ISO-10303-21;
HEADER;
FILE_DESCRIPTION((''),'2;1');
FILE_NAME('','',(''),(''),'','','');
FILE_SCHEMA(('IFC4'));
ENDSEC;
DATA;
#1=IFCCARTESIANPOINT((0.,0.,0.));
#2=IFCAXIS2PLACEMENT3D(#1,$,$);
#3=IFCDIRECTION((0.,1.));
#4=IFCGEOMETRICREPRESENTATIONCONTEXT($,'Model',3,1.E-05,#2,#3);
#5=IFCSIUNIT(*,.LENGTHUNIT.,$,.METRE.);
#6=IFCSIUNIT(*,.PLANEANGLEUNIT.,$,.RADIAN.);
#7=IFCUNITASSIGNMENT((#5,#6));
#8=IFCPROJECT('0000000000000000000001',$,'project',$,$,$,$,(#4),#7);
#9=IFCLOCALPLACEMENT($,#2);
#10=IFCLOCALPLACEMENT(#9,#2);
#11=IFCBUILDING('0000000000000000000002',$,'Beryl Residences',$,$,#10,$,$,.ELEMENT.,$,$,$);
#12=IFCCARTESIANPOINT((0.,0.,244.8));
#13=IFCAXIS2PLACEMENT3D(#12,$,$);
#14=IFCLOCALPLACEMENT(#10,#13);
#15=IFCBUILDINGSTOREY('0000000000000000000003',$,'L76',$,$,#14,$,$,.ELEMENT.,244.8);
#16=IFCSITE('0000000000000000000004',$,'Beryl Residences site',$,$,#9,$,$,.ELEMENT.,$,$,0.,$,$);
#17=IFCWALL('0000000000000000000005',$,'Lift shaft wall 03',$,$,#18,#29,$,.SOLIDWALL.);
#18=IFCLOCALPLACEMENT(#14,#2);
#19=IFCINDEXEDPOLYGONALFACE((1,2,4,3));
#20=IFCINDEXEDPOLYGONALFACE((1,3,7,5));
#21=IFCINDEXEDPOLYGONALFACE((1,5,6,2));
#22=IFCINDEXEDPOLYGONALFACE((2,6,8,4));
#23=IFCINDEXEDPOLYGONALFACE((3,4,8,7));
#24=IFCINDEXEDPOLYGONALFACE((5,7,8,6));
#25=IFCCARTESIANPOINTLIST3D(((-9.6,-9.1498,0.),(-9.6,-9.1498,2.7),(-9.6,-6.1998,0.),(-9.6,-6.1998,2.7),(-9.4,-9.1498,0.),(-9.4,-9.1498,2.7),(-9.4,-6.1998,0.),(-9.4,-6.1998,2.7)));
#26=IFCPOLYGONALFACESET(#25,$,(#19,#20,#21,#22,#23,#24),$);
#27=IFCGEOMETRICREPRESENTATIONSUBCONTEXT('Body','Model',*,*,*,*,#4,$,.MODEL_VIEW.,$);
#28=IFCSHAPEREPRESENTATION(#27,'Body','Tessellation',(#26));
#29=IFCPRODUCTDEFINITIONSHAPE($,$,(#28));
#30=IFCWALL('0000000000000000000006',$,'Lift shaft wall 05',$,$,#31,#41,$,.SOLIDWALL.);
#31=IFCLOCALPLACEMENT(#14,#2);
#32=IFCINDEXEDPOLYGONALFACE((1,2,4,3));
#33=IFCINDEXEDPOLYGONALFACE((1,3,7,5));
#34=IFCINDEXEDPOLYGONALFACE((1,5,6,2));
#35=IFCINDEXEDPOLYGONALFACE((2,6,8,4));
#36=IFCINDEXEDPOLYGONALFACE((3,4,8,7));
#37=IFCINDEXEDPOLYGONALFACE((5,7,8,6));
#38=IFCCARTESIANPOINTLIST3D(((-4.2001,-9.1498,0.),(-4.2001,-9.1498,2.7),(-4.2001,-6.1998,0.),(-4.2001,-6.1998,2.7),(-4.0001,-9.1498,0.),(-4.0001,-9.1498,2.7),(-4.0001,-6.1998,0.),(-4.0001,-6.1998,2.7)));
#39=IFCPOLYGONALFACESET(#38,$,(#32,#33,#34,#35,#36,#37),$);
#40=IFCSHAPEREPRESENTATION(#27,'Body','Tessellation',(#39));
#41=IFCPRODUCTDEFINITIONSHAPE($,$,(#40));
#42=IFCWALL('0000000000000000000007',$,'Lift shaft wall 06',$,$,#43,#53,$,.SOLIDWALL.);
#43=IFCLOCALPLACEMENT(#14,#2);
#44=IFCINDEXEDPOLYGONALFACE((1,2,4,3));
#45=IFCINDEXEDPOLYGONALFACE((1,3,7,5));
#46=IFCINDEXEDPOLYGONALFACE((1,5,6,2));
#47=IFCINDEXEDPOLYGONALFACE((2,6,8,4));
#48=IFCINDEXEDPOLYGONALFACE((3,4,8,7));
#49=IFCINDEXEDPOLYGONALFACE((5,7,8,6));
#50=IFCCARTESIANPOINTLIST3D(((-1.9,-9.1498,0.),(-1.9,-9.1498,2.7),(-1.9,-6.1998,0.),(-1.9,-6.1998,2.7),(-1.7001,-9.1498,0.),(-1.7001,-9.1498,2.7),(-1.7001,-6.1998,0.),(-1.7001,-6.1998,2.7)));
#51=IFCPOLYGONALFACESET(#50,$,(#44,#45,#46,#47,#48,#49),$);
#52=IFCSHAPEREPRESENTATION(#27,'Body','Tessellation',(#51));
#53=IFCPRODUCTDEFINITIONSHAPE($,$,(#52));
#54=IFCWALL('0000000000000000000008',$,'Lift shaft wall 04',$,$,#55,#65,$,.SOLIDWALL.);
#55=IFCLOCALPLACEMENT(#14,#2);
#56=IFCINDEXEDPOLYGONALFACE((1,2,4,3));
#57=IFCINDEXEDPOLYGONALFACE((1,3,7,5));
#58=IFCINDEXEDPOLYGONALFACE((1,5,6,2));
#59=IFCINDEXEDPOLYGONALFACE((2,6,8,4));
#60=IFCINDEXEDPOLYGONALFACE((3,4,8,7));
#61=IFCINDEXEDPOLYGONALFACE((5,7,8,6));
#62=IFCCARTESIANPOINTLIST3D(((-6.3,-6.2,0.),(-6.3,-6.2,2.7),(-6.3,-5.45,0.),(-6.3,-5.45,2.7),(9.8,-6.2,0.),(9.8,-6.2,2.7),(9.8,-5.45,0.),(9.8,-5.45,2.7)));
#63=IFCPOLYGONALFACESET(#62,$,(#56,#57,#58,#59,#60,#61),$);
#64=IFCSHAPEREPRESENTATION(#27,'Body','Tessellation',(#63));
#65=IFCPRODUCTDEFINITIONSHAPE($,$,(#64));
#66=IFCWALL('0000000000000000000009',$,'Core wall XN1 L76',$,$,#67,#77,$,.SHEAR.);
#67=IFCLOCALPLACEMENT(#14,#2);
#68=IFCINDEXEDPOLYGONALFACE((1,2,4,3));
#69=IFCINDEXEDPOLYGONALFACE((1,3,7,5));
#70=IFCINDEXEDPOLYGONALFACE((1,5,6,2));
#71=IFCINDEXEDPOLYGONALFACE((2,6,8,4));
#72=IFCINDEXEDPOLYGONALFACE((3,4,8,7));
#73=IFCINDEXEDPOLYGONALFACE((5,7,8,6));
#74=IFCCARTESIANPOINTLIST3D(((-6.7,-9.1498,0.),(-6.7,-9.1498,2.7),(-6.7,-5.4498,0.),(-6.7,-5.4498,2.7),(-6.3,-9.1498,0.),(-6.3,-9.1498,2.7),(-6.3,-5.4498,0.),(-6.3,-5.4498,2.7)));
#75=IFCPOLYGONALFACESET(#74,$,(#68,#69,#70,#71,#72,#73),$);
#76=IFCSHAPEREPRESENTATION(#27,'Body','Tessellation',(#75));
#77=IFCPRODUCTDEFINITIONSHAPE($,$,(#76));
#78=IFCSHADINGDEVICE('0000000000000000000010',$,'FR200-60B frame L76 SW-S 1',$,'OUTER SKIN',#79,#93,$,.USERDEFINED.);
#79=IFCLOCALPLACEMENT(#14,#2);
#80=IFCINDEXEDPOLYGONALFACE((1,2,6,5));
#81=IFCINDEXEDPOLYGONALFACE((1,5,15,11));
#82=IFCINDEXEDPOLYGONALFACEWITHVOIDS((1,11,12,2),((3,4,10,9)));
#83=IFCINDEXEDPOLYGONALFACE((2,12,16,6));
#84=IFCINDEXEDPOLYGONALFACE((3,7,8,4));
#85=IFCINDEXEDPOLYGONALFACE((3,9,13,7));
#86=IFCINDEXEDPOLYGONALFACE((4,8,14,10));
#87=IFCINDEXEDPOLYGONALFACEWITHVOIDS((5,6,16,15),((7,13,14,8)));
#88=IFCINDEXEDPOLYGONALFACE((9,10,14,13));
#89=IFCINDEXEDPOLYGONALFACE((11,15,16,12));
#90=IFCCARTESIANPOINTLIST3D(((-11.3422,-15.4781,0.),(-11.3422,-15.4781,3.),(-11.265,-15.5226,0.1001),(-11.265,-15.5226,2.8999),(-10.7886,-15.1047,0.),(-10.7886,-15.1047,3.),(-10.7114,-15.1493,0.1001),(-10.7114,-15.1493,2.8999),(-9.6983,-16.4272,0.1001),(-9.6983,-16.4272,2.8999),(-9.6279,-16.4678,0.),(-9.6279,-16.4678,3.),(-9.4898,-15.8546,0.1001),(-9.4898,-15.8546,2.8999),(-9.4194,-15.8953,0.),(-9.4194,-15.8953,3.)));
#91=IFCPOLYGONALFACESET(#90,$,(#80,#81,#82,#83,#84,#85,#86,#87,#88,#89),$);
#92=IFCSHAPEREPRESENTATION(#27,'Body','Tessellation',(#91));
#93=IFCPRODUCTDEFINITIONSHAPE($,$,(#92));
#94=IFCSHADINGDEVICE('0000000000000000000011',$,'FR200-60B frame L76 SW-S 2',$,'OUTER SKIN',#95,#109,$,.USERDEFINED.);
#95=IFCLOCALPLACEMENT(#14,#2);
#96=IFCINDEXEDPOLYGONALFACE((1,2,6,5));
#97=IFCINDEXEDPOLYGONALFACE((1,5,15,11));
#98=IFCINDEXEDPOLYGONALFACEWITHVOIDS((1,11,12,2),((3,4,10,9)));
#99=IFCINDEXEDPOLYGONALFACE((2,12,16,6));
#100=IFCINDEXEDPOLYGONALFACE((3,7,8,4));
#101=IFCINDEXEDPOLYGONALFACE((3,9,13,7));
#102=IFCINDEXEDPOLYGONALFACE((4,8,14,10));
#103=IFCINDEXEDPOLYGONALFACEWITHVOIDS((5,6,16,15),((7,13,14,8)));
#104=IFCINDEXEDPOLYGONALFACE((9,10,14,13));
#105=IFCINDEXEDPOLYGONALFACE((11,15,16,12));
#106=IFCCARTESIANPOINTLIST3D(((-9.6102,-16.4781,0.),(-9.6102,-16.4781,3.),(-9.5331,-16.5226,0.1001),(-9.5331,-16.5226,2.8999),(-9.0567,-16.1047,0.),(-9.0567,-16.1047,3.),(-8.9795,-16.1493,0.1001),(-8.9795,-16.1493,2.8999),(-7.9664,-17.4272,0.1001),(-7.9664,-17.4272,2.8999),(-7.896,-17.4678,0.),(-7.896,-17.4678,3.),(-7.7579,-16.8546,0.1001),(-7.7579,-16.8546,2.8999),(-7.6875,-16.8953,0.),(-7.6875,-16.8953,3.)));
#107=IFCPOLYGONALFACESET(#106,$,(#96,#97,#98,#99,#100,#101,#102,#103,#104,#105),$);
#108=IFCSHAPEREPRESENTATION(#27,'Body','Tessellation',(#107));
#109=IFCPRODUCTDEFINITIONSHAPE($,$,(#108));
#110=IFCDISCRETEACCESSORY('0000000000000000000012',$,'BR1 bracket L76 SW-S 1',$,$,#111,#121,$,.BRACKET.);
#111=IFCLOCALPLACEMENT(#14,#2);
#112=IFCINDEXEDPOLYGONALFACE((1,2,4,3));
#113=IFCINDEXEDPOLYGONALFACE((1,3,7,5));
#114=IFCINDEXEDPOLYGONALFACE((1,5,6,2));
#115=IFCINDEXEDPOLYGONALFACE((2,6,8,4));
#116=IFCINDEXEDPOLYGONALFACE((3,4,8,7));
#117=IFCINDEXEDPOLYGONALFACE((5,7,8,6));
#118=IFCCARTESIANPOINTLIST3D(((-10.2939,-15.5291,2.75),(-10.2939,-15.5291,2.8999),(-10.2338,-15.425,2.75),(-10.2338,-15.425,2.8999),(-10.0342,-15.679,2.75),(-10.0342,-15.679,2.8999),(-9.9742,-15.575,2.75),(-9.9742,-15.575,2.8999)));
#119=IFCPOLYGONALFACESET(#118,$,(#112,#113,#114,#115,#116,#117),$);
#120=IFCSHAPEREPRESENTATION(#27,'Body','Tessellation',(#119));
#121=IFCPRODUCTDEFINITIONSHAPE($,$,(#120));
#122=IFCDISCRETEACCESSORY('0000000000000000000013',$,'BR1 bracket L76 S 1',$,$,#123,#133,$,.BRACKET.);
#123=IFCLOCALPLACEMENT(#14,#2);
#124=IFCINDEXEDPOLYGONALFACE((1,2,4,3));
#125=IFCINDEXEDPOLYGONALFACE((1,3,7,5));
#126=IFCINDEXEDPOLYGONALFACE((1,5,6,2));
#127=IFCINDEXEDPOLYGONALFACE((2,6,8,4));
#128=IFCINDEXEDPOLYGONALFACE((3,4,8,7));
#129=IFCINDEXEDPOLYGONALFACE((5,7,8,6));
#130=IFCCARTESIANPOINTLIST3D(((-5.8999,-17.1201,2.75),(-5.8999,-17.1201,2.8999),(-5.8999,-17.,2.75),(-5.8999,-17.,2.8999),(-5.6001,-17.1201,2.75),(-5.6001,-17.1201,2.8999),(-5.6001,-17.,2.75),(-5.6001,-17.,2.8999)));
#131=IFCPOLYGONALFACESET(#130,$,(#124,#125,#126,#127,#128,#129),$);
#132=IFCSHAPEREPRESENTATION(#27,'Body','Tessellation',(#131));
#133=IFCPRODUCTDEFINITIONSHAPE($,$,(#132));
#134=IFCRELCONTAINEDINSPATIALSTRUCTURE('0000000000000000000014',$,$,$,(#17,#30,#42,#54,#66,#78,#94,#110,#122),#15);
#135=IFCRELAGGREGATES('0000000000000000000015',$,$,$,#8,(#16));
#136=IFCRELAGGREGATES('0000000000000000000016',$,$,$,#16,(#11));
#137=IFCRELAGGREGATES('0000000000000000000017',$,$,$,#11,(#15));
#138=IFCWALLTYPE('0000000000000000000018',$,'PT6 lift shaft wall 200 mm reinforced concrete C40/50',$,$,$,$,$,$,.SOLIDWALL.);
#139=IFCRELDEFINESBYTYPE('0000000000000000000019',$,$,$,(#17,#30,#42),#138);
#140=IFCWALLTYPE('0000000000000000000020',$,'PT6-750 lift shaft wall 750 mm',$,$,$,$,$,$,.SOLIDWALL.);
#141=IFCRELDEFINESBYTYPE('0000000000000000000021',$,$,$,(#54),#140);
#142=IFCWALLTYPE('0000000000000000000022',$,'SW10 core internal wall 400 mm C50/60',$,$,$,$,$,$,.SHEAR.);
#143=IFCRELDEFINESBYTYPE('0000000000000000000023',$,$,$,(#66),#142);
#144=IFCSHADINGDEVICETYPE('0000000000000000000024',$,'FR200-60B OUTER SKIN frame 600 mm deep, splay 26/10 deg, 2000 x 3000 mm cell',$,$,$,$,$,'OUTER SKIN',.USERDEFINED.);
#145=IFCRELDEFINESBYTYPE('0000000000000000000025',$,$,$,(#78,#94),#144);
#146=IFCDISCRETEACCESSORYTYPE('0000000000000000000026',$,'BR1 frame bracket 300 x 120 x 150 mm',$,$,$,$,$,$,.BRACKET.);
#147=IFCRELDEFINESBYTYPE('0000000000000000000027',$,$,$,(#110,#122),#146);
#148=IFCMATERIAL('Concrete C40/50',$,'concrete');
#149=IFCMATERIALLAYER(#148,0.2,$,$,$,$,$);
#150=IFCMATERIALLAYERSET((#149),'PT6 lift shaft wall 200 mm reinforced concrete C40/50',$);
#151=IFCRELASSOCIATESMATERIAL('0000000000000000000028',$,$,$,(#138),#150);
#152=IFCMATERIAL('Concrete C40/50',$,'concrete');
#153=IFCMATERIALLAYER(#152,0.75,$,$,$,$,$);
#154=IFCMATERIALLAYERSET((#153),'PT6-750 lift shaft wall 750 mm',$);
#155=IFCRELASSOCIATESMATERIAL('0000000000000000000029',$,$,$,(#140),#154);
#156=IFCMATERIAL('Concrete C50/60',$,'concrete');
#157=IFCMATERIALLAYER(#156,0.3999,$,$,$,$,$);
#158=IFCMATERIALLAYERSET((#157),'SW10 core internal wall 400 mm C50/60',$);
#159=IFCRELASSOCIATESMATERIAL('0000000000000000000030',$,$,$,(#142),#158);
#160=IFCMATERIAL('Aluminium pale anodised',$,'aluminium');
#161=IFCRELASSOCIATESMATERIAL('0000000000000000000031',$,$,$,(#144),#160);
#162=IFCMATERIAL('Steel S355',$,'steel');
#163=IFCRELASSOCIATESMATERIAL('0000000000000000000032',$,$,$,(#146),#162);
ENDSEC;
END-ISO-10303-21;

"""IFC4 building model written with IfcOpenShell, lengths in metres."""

from ifc_helpers import new_model, entity, si_unit, direction, frame, frame_2d, origin, place, context, subcontext, project, spatial, polyline, rectangle, outline, extrude, source, transform, mapped, material, layer, layer_set, type_object, type_shapes, element, save


model = new_model("IFC4")

# Units and contexts
model_context = context("Model", 3, precision=1e-05, world=origin(), true_north=direction((0.0, 1.0)))
body_context = subcontext(model_context, "Body", "Model", "MODEL_VIEW")
ifc_project = project(units=[si_unit("LENGTHUNIT", "METRE"), si_unit("PLANEANGLEUNIT", "RADIAN")], contexts=[model_context])

# Site, building, storey
site_placement = place(None, origin())
site = spatial("IfcSite", under=ifc_project, at=site_placement, Name="Beryl Residences site", CompositionType="ELEMENT", RefElevation=0.0)
building_placement = place(site_placement, origin())
building = spatial("IfcBuilding", under=site, at=building_placement, Name="Beryl Residences", CompositionType="ELEMENT")
storey_placement = place(building_placement, frame((0.0, 0.0, 244.8)))
storey = spatial("IfcBuildingStorey", under=building, at=storey_placement, Name="L76", CompositionType="ELEMENT", Elevation=244.8)

# Walls
ifc_material_1 = material(Name="Concrete C40/50", Category="concrete")
ifc_layer_1 = layer(ifc_material_1, 0.2)
ifc_layer_set_1 = layer_set([ifc_layer_1], Name="PT6 lift shaft wall 200 mm reinforced concrete C40/50")
wall_type_1 = type_object("IfcWallType", Name="PT6 lift shaft wall 200 mm reinforced concrete C40/50", PredefinedType="SOLIDWALL", material=ifc_layer_set_1)
for number, where, z_axis, x_axis, name in (
    (1, (-9.5, -9.1499, 0.0), (0.0, 0.0, 1.0), (0.0, 1.0, 0.0), "Lift shaft wall 03"),
    (2, (-4.1001, -9.1499, 0.0), (0.0, 0.0, 1.0), (0.0, 1.0, 0.0), "Lift shaft wall 05"),
    (3, (-1.8, -9.1499, 0.0), (0.0, 0.0, 1.0), (0.0, 1.0, 0.0), "Lift shaft wall 06"),
):
    element("IfcWall", number, at=place(storey_placement, frame(where, z_axis=z_axis, x_axis=x_axis)), inside=storey, type_object=wall_type_1, Name=name, PredefinedType="SOLIDWALL", context=body_context, shape_type="SweptSolid", body=[
        extrude(rectangle(XDim=2.95, YDim=0.2, at=frame_2d((1.4751, 0.0))), origin(), (0.0, 0.0, 1.0), 2.7),
    ])
ifc_material_2 = material(Name="Concrete C40/50", Category="concrete")
ifc_layer_2 = layer(ifc_material_2, 0.75)
ifc_layer_set_2 = layer_set([ifc_layer_2], Name="PT6-750 lift shaft wall 750 mm")
wall_type_2 = type_object("IfcWallType", Name="PT6-750 lift shaft wall 750 mm", PredefinedType="SOLIDWALL", material=ifc_layer_set_2)
wall_1_placement = place(storey_placement, frame((-6.3, -5.825, 0.0), z_axis=(0.0, 0.0, 1.0), x_axis=(1.0, 0.0, 0.0)))
element("IfcWall", 4, at=wall_1_placement, inside=storey, type_object=wall_type_2, Name="Lift shaft wall 04", PredefinedType="SOLIDWALL", context=body_context, shape_type="SweptSolid", body=[
    extrude(rectangle(XDim=16.1001, YDim=0.75, at=frame_2d((8.05, 0.0))), origin(), (0.0, 0.0, 1.0), 2.7),
])
ifc_material_3 = material(Name="Concrete C50/60", Category="concrete")
ifc_layer_3 = layer(ifc_material_3, 0.3999)
ifc_layer_set_3 = layer_set([ifc_layer_3], Name="SW10 core internal wall 400 mm C50/60")
wall_type_3 = type_object("IfcWallType", Name="SW10 core internal wall 400 mm C50/60", PredefinedType="SHEAR", material=ifc_layer_set_3)
wall_2_placement = place(storey_placement, frame((-6.5, -9.1499, 0.0), z_axis=(0.0, 0.0, 1.0), x_axis=(0.0, 1.0, 0.0)))
element("IfcWall", 5, at=wall_2_placement, inside=storey, type_object=wall_type_3, Name="Core wall XN1 L76", PredefinedType="SHEAR", context=body_context, shape_type="SweptSolid", body=[
    extrude(rectangle(XDim=3.7, YDim=0.3999, at=frame_2d((1.8501, 0.0))), origin(), (0.0, 0.0, 1.0), 2.7),
])

# Shading devices
ifc_material_4 = material(Name="Aluminium pale anodised", Category="aluminium")
shading_device_type_1 = type_object("IfcShadingDeviceType", Name="FR200-60B OUTER SKIN frame 600 mm deep, splay 26/10 deg, 2000 x 3000 mm cell", ElementType="OUTER SKIN", PredefinedType="USERDEFINED", material=ifc_material_4)
cartesian_point_1 = entity("IfcCartesianPoint", [-0.7905, 0.0])
cartesian_point_2 = entity("IfcCartesianPoint", [-0.7014, 0.1001])
cartesian_point_3 = entity("IfcCartesianPoint", [-1.0833, 0.0])
cartesian_point_4 = entity("IfcCartesianPoint", [-0.9941, 0.1001])
shared_shape_1 = source(origin(), body_context, "Body", "SweptSolid", [
    entity("IfcExtrudedAreaSolidTapered", entity("IfcArbitraryProfileDefWithVoids", "AREA", None, entity("IfcPolyline", [cartesian_point_1, entity("IfcCartesianPoint", [0.7905, 0.0]), entity("IfcCartesianPoint", [0.7905, 3.0]), entity("IfcCartesianPoint", [-0.7905, 3.0]), cartesian_point_1]), [entity("IfcPolyline", [cartesian_point_2, entity("IfcCartesianPoint", [0.7092, 0.1001]), entity("IfcCartesianPoint", [0.7092, 2.8999]), entity("IfcCartesianPoint", [-0.7014, 2.8999]), cartesian_point_2])]), entity("IfcAxis2Placement3D", entity("IfcCartesianPoint", [0.0, 0.0, 0.0]), entity("IfcDirection", [0.0, 1.0, 0.0]), entity("IfcDirection", [-1.0, 0.0, 0.0])), entity("IfcDirection", [0.0, 0.0, 1.0]), 0.6001, entity("IfcArbitraryProfileDefWithVoids", "AREA", None, entity("IfcPolyline", [cartesian_point_3, entity("IfcCartesianPoint", [0.8962, 0.0]), entity("IfcCartesianPoint", [0.8962, 3.0]), entity("IfcCartesianPoint", [-1.0833, 3.0]), cartesian_point_3]), [entity("IfcPolyline", [cartesian_point_4, entity("IfcCartesianPoint", [0.8149, 0.1001]), entity("IfcCartesianPoint", [0.8149, 2.8999]), entity("IfcCartesianPoint", [-0.9941, 2.8999]), cartesian_point_4])])),
])
type_shapes(shading_device_type_1, [shared_shape_1])
for number, where, z_axis, x_axis, name in (
    (6, (-10.104, -15.5, 0.0), (0.0, 0.0, 1.0), (-0.866025, 0.5, 0.0), "FR200-60B frame L76 SW-S 1"),
    (7, (-8.3721, -16.5, 0.0), (0.0, 0.0, 1.0), (-0.866025, 0.5, 0.0), "FR200-60B frame L76 SW-S 2"),
):
    element("IfcShadingDevice", number, at=place(storey_placement, frame(where, z_axis=z_axis, x_axis=x_axis)), inside=storey, type_object=shading_device_type_1, Name=name, ObjectType="OUTER SKIN", PredefinedType="USERDEFINED", context=body_context, shape_type="MappedRepresentation", body=[
        mapped(shared_shape_1, transform((0.0, 0.0, 0.0))),
    ])

# Discrete accessories
ifc_material_5 = material(Name="Steel S355", Category="steel")
discrete_accessory_type = type_object("IfcDiscreteAccessoryType", Name="BR1 frame bracket 300 x 120 x 150 mm", PredefinedType="BRACKET", material=ifc_material_5)
shared_shape_2 = source(origin(), body_context, "Body", "SweptSolid", [
    extrude(outline(polyline([(-0.1499, 0.0), (0.1499, 0.0), (0.1499, 0.1201), (-0.1499, 0.1201), (-0.1499, 0.0)])), origin(), (0.0, 0.0, 1.0), 0.1499),
])
type_shapes(discrete_accessory_type, [shared_shape_2])
for number, where, z_axis, x_axis, name in (
    (8, (-10.104, -15.5, 2.75), (0.0, 0.0, 1.0), (-0.866025, 0.5, 0.0), "BR1 bracket L76 SW-S 1"),
    (9, (-5.75, -17.0, 2.75), (0.0, 0.0, 1.0), (-1.0, 0.0, 0.0), "BR1 bracket L76 S 1"),
):
    element("IfcDiscreteAccessory", number, at=place(storey_placement, frame(where, z_axis=z_axis, x_axis=x_axis)), inside=storey, type_object=discrete_accessory_type, Name=name, PredefinedType="BRACKET", context=body_context, shape_type="MappedRepresentation", body=[
        mapped(shared_shape_2, transform((0.0, 0.0, 0.0))),
    ])

save(model, "model.ifc")
